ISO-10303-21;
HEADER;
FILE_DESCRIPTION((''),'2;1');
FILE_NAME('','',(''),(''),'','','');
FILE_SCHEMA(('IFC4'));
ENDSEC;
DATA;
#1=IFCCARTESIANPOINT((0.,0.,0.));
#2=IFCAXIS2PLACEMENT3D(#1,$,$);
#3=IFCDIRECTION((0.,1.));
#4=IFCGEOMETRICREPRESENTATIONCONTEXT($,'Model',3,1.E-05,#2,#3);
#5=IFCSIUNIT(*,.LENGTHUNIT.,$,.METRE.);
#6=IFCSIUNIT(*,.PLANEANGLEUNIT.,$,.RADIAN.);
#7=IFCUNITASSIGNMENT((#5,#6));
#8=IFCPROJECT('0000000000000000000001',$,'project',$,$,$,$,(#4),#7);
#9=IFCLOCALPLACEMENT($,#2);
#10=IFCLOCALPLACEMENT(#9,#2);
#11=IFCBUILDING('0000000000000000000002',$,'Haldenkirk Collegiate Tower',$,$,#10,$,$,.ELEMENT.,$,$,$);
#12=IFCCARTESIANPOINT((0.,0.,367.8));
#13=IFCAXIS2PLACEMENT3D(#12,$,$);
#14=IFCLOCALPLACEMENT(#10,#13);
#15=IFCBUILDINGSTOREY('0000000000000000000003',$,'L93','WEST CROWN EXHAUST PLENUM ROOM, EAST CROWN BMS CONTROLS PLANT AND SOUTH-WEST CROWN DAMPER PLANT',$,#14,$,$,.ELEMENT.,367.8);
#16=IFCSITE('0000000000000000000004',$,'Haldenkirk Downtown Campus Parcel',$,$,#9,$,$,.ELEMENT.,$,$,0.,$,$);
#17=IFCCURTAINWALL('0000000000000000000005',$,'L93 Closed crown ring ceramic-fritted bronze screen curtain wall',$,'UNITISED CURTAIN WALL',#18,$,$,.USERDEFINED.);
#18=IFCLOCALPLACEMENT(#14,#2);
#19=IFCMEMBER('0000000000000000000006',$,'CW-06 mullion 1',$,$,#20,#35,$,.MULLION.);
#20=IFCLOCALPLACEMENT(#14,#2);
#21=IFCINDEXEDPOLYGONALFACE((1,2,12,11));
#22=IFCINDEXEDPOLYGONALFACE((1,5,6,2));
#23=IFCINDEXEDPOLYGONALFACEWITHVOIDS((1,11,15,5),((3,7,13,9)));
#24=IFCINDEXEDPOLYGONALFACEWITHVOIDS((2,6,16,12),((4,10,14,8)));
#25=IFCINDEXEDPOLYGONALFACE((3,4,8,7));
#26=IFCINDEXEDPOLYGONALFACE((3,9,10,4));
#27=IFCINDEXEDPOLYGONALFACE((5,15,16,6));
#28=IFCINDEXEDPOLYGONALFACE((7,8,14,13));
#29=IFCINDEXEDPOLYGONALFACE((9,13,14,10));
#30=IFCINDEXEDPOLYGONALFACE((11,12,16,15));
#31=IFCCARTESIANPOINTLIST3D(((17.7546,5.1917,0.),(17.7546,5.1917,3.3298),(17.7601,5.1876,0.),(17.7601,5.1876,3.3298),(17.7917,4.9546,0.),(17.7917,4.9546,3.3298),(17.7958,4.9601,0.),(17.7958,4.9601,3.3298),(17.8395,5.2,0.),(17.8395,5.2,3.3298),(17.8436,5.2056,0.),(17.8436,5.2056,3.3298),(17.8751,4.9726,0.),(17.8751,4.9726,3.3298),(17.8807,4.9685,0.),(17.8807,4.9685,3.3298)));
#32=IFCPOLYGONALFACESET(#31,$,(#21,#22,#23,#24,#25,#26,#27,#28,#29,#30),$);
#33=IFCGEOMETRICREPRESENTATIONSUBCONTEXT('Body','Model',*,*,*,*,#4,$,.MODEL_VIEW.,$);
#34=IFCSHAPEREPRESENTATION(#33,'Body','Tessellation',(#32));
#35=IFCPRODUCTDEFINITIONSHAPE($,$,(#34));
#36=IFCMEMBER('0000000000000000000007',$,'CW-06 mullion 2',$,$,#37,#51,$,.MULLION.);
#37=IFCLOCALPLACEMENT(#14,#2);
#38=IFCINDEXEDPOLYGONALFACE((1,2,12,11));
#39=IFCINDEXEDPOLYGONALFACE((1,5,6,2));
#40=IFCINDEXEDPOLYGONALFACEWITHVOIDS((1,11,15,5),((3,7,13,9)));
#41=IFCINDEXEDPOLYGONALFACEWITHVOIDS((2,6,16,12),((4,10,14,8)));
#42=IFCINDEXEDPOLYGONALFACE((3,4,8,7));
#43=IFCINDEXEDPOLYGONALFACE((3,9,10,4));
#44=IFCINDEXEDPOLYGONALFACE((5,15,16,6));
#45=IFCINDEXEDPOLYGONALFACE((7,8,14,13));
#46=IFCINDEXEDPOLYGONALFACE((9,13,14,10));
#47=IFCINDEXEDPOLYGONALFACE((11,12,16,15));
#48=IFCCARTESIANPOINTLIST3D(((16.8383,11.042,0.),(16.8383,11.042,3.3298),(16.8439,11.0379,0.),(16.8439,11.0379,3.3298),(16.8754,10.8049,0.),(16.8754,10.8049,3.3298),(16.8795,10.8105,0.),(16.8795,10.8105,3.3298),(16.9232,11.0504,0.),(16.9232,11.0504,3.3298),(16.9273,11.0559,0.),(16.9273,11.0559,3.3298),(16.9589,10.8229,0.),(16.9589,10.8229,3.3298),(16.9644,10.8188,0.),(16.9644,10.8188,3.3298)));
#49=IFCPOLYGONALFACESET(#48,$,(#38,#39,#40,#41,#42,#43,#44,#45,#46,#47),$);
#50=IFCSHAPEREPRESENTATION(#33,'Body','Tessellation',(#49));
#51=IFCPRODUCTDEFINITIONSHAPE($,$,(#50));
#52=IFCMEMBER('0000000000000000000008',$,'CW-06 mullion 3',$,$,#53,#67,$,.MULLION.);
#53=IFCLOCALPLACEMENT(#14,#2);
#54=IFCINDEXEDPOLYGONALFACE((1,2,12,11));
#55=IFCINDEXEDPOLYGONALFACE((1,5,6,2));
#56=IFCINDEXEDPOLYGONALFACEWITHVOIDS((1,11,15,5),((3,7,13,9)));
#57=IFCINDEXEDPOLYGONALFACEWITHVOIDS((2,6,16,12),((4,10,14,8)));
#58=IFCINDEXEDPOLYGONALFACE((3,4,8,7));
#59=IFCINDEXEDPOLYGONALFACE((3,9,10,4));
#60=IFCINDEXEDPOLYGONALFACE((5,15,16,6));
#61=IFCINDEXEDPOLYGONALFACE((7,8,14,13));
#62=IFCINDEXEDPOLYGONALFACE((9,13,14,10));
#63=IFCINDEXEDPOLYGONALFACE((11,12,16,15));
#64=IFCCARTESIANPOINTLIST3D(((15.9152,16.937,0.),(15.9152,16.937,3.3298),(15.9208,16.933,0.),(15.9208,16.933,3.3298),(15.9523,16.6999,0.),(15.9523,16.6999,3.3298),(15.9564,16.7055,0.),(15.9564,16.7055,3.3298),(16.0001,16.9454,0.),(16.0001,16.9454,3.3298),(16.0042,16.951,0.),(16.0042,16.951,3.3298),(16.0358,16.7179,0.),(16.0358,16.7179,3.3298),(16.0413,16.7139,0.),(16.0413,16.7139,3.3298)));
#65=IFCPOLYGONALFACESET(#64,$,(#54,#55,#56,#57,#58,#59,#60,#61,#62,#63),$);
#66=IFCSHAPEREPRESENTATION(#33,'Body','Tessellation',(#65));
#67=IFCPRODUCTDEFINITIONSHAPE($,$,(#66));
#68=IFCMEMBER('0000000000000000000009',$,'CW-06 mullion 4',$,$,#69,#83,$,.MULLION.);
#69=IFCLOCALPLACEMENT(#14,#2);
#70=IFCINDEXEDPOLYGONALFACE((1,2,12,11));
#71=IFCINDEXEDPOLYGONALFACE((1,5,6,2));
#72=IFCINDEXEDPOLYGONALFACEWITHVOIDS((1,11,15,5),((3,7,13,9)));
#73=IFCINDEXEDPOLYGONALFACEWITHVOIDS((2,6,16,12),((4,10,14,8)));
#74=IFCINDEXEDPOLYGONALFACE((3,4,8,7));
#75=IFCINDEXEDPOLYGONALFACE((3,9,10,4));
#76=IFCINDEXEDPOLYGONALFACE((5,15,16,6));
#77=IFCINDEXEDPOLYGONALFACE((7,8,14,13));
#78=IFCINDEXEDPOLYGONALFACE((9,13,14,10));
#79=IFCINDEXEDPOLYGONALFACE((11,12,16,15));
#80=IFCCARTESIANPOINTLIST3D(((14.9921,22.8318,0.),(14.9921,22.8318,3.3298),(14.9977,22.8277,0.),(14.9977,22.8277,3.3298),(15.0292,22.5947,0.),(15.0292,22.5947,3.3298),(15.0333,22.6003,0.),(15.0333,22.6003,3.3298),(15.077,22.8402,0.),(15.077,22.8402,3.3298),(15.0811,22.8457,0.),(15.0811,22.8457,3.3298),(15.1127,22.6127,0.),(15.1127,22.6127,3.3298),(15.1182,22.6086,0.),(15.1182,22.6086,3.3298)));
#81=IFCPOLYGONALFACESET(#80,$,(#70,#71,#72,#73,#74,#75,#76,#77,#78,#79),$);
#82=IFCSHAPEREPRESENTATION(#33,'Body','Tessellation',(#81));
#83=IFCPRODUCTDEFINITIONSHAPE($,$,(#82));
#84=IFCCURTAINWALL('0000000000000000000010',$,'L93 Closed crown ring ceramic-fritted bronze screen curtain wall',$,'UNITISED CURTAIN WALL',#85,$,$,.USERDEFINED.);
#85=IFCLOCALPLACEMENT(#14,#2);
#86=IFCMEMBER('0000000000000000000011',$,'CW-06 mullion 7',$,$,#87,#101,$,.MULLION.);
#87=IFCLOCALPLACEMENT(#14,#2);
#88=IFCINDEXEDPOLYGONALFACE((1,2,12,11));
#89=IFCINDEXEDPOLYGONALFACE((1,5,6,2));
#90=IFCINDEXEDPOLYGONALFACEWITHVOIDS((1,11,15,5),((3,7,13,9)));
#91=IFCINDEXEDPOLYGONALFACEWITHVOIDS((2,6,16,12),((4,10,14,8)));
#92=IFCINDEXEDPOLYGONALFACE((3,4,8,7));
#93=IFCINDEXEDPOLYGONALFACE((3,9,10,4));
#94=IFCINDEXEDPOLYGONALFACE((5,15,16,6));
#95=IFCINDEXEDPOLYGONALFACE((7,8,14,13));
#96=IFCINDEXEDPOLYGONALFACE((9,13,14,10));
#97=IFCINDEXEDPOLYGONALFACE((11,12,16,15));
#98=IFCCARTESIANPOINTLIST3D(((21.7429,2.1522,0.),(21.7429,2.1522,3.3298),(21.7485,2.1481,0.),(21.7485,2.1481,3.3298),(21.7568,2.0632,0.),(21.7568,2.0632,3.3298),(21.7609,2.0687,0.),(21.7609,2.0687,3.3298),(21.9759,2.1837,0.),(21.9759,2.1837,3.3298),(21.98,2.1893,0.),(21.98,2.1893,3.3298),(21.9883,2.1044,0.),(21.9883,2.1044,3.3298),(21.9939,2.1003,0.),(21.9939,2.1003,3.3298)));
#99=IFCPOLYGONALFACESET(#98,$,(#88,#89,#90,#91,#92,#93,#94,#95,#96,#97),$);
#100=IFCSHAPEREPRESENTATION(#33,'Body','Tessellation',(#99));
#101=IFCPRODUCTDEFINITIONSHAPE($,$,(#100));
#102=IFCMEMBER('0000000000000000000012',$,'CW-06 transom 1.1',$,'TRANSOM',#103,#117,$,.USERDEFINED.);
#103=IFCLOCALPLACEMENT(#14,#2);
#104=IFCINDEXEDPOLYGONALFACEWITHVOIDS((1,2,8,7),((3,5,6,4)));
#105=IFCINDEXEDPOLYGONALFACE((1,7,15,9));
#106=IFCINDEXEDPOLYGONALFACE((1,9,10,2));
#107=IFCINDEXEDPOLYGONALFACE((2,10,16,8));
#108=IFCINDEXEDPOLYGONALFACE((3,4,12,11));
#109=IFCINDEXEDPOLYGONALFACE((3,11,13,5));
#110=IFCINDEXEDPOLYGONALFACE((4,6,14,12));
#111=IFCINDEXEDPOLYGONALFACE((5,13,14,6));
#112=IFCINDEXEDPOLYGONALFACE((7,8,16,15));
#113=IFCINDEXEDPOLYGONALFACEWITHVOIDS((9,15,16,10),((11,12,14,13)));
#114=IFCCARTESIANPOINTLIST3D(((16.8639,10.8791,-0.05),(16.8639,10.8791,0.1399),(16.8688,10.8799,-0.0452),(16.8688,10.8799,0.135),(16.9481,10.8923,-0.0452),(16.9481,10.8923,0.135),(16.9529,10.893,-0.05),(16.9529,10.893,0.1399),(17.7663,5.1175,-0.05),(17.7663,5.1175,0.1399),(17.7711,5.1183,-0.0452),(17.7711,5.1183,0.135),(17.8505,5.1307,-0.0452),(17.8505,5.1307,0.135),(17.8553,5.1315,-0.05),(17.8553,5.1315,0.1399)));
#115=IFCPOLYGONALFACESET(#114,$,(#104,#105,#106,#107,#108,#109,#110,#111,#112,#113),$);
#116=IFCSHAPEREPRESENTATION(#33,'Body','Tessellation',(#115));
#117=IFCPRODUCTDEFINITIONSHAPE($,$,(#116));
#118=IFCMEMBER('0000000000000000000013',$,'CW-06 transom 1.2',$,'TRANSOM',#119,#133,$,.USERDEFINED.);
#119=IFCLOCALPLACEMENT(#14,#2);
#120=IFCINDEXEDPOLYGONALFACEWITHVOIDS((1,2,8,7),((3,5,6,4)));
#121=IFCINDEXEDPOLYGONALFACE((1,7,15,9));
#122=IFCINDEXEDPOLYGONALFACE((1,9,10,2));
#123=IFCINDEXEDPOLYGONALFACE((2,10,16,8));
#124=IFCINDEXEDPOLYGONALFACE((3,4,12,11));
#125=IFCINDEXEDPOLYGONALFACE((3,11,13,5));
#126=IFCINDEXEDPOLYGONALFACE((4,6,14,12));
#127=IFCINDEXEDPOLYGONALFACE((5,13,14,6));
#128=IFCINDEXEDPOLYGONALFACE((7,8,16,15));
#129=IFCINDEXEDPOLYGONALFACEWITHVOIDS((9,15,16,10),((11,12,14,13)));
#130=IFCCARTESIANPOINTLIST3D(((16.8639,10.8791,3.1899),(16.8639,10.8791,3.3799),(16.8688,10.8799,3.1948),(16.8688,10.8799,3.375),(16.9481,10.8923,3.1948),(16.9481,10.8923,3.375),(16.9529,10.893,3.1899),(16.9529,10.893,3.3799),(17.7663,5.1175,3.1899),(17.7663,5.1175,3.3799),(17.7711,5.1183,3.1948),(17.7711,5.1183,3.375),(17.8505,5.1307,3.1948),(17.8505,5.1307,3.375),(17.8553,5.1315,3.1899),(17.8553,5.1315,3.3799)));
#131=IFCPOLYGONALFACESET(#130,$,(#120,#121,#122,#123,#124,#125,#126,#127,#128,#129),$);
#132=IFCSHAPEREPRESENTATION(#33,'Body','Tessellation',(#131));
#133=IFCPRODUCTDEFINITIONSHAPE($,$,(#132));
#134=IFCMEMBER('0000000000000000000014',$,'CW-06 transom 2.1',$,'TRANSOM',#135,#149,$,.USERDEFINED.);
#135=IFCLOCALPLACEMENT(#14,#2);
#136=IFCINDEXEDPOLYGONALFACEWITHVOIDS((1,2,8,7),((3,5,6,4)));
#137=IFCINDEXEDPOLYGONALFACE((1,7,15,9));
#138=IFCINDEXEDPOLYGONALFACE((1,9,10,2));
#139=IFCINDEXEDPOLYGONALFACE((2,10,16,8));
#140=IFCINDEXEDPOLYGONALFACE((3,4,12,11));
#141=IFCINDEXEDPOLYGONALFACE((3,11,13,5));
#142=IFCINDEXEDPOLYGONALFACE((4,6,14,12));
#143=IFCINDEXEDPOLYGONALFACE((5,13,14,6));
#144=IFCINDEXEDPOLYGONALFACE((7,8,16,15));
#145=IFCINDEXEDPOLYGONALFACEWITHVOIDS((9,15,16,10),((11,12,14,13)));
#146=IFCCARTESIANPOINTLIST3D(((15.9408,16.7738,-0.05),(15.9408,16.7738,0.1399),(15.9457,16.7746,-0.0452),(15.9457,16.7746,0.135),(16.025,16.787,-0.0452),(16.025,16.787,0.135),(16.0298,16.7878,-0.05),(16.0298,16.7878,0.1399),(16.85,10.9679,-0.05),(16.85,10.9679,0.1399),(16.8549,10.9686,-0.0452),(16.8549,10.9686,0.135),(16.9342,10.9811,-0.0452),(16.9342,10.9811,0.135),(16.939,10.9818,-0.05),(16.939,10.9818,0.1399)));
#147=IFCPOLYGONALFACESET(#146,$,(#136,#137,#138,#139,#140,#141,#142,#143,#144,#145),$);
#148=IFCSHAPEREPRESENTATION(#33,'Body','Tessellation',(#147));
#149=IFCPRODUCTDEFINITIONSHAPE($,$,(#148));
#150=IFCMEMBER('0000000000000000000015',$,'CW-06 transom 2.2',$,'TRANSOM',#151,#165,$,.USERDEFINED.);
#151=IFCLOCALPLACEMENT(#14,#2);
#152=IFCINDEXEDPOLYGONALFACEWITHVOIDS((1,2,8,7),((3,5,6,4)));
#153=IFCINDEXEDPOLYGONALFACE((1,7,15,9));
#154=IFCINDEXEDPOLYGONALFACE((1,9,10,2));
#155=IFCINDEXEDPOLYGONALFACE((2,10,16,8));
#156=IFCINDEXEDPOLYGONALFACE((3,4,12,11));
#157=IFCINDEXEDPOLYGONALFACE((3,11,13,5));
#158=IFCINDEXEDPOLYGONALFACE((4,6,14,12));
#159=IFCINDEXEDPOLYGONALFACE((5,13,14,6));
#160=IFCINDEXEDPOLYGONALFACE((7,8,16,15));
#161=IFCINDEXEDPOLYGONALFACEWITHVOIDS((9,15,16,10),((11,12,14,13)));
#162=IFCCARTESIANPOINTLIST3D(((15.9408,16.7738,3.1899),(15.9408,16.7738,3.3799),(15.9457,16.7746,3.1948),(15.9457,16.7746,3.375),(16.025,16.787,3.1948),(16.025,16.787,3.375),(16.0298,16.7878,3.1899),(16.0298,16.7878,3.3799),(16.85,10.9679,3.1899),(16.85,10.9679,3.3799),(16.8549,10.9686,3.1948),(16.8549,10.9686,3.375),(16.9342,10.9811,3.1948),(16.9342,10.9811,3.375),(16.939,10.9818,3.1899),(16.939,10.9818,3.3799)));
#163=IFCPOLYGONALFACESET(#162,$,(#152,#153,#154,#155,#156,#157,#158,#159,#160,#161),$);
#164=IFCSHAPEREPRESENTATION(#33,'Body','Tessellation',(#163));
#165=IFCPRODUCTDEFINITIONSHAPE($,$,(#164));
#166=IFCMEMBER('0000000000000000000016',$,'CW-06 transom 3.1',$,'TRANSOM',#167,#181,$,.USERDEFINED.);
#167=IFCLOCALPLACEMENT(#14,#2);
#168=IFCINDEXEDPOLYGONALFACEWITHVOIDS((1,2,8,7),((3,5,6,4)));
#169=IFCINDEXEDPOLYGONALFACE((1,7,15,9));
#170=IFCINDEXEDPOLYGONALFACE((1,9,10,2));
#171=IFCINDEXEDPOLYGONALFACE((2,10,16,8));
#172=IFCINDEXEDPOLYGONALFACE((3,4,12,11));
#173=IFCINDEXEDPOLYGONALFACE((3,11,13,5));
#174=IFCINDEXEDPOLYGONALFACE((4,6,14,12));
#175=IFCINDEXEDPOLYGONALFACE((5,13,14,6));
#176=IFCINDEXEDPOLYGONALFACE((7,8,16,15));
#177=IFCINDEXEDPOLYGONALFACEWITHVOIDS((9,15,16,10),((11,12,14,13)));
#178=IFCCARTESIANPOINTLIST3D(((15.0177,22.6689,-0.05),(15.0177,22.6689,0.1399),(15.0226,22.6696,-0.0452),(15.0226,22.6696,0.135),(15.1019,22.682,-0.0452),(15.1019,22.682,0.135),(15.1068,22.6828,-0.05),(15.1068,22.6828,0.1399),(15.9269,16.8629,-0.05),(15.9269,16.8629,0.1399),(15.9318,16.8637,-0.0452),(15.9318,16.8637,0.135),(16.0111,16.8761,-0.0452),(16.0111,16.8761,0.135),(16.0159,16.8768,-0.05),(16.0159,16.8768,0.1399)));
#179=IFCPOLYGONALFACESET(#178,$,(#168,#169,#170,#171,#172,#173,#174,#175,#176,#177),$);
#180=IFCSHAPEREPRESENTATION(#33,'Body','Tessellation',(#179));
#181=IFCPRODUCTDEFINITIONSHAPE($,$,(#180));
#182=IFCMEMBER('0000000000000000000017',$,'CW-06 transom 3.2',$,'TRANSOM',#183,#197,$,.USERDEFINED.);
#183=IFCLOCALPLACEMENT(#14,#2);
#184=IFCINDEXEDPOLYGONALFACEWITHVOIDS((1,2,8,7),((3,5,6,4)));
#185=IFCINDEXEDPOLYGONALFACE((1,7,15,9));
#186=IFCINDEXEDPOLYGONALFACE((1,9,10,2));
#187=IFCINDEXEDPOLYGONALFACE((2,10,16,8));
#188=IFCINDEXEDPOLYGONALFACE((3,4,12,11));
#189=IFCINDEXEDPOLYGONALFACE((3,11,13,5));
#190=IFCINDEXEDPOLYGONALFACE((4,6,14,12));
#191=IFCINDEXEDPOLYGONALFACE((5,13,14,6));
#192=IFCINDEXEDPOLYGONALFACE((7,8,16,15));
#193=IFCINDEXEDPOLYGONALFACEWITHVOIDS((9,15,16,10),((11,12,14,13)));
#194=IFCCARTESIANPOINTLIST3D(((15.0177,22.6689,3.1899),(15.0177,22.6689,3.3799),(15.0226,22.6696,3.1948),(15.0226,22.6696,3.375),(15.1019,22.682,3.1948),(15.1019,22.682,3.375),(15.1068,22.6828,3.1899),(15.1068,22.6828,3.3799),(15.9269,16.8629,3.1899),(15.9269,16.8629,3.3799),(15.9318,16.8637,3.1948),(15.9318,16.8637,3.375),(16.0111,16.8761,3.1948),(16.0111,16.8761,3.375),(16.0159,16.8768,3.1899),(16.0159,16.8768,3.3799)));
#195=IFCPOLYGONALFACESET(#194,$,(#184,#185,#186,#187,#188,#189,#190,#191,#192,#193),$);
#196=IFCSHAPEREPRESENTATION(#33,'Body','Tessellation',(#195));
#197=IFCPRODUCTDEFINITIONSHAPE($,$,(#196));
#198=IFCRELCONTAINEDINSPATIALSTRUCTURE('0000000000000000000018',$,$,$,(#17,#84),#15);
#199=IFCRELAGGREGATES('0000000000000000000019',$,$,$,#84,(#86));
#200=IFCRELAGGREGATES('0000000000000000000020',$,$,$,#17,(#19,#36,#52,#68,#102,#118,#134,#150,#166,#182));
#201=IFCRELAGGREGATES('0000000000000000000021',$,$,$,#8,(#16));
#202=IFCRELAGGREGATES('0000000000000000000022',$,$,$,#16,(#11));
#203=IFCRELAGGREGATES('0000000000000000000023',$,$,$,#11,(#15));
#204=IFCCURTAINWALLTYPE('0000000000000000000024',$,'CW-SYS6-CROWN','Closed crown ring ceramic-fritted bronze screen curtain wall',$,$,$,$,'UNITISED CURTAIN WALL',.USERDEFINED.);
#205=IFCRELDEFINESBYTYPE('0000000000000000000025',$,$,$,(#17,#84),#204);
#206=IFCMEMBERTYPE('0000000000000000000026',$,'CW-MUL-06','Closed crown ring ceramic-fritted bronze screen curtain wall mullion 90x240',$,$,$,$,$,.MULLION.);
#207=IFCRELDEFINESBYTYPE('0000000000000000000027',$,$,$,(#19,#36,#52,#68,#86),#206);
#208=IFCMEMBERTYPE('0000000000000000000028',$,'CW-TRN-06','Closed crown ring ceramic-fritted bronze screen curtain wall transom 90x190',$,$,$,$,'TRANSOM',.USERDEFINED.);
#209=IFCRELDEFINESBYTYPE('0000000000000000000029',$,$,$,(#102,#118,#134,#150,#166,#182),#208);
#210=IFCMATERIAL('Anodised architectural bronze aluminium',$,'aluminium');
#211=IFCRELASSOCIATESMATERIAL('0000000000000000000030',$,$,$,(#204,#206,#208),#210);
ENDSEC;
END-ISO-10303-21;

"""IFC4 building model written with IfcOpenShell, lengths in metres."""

from ifc_helpers import new_model, si_unit, direction, frame, origin, origin_2d, place, context, subcontext, project, spatial, hollow_rectangle, extrude, material, material_profile, profile_set, type_object, element, aggregate, save


model = new_model("IFC4")

# Units and contexts
model_context = context("Model", 3, precision=1e-05, world=origin(), true_north=direction((0.0, 1.0)))
body_context = subcontext(model_context, "Body", "Model", "MODEL_VIEW")
ifc_project = project(units=[si_unit("LENGTHUNIT", "METRE"), si_unit("PLANEANGLEUNIT", "RADIAN")], contexts=[model_context])

# Site, building, storey
site_placement = place(None, origin())
site = spatial("IfcSite", under=ifc_project, at=site_placement, Name="Haldenkirk Downtown Campus Parcel", CompositionType="ELEMENT", RefElevation=0.0)
building_placement = place(site_placement, origin())
building = spatial("IfcBuilding", under=site, at=building_placement, Name="Haldenkirk Collegiate Tower", CompositionType="ELEMENT")
storey_placement = place(building_placement, frame((0.0, 0.0, 367.8)))
storey = spatial("IfcBuildingStorey", under=building, at=storey_placement, Name="L93", Description="WEST CROWN EXHAUST PLENUM ROOM, EAST CROWN BMS CONTROLS PLANT AND SOUTH-WEST CROWN DAMPER PLANT", CompositionType="ELEMENT", Elevation=367.8)

# Curtain wall, members
ifc_material_1 = material(Name="Anodised architectural bronze aluminium", Category="aluminium")
curtain_wall_type = type_object("IfcCurtainWallType", Name="CW-SYS6-CROWN", Description="Closed crown ring ceramic-fritted bronze screen curtain wall", ElementType="UNITISED CURTAIN WALL", PredefinedType="USERDEFINED", material=ifc_material_1)
curtain_wall_1_placement = place(storey_placement, origin())
curtain_wall_1 = element("IfcCurtainWall", 1, at=curtain_wall_1_placement, inside=storey, type_object=curtain_wall_type, Name="L93 Closed crown ring ceramic-fritted bronze screen curtain wall", ObjectType="UNITISED CURTAIN WALL", PredefinedType="USERDEFINED")
ifc_material_profile_1 = material_profile(ifc_material_1, hollow_rectangle(XDim=0.0901, YDim=0.24, WallThickness=0.0049, at=origin_2d()), Name="CW-MUL-06")
ifc_profile_set_1 = profile_set([ifc_material_profile_1], Name="Anodised architectural bronze aluminium")
member_type_1 = type_object("IfcMemberType", Name="CW-MUL-06", Description="Closed crown ring ceramic-fritted bronze screen curtain wall mullion 90x240", PredefinedType="MULLION", material=ifc_profile_set_1)
member_1_placement = place(storey_placement, frame((17.8176, 5.0801, 0.0), z_axis=(0.0, 0.0, 1.0), x_axis=(-0.98796, -0.154713, 0.0)))
member_1 = element("IfcMember", 2, at=member_1_placement, type_object=member_type_1, Name="CW-06 mullion 1", PredefinedType="MULLION", context=body_context, shape_type="SweptSolid", body=[
    extrude(hollow_rectangle(XDim=0.0901, YDim=0.24, WallThickness=0.0049, at=origin_2d()), origin(), (0.0, 0.0, 1.0), 3.3298),
])
member_2_placement = place(storey_placement, frame((16.9014, 10.9304, 0.0), z_axis=(0.0, 0.0, 1.0), x_axis=(-0.98796, -0.154713, 0.0)))
member_2 = element("IfcMember", 3, at=member_2_placement, type_object=member_type_1, Name="CW-06 mullion 2", PredefinedType="MULLION", context=body_context, shape_type="SweptSolid", body=[
    extrude(hollow_rectangle(XDim=0.0901, YDim=0.24, WallThickness=0.0049, at=origin_2d()), origin(), (0.0, 0.0, 1.0), 3.3298),
])
member_3_placement = place(storey_placement, frame((15.9783, 16.8254, 0.0), z_axis=(0.0, 0.0, 1.0), x_axis=(-0.98796, -0.154713, 0.0)))
member_3 = element("IfcMember", 4, at=member_3_placement, type_object=member_type_1, Name="CW-06 mullion 3", PredefinedType="MULLION", context=body_context, shape_type="SweptSolid", body=[
    extrude(hollow_rectangle(XDim=0.0901, YDim=0.24, WallThickness=0.0049, at=origin_2d()), origin(), (0.0, 0.0, 1.0), 3.3298),
])
member_4_placement = place(storey_placement, frame((15.0552, 22.7202, 0.0), z_axis=(0.0, 0.0, 1.0), x_axis=(-0.98796, -0.154713, 0.0)))
member_4 = element("IfcMember", 5, at=member_4_placement, type_object=member_type_1, Name="CW-06 mullion 4", PredefinedType="MULLION", context=body_context, shape_type="SweptSolid", body=[
    extrude(hollow_rectangle(XDim=0.0901, YDim=0.24, WallThickness=0.0049, at=origin_2d()), origin(), (0.0, 0.0, 1.0), 3.3298),
])

# Curtain wall, member
curtain_wall_2_placement = place(storey_placement, origin())
curtain_wall_2 = element("IfcCurtainWall", 6, at=curtain_wall_2_placement, inside=storey, type_object=curtain_wall_type, Name="L93 Closed crown ring ceramic-fritted bronze screen curtain wall", ObjectType="UNITISED CURTAIN WALL", PredefinedType="USERDEFINED")
member_5_placement = place(storey_placement, frame((21.8684, 2.1262, 0.0), z_axis=(0.0, 0.0, 1.0), x_axis=(0.154709, -0.98796, 0.0)))
member_5 = element("IfcMember", 7, at=member_5_placement, type_object=member_type_1, Name="CW-06 mullion 7", PredefinedType="MULLION", context=body_context, shape_type="SweptSolid", body=[
    extrude(hollow_rectangle(XDim=0.0901, YDim=0.24, WallThickness=0.0049, at=origin_2d()), origin(), (0.0, 0.0, 1.0), 3.3298),
])
aggregate(curtain_wall_2, [member_5])

# Members
ifc_material_profile_2 = material_profile(ifc_material_1, hollow_rectangle(XDim=0.0901, YDim=0.1899, WallThickness=0.0049, at=origin_2d()), Name="CW-TRN-06")
ifc_profile_set_2 = profile_set([ifc_material_profile_2], Name="Anodised architectural bronze aluminium")
member_type_2 = type_object("IfcMemberType", Name="CW-TRN-06", Description="Closed crown ring ceramic-fritted bronze screen curtain wall transom 90x190", ElementType="TRANSOM", PredefinedType="USERDEFINED", material=ifc_profile_set_2)
member_6_placement = place(storey_placement, frame((17.8108, 5.1245, 0.0449), z_axis=(-0.154731, 0.987957, 0.0), x_axis=(-0.987957, -0.154731, 0.0)))
member_6 = element("IfcMember", 8, at=member_6_placement, type_object=member_type_2, Name="CW-06 transom 1.1", ObjectType="TRANSOM", PredefinedType="USERDEFINED", context=body_context, shape_type="SweptSolid", body=[
    extrude(hollow_rectangle(XDim=0.0901, YDim=0.1899, WallThickness=0.0049, at=origin_2d()), origin(), (0.0, 0.0, 1.0), 5.8318),
])
member_7_placement = place(storey_placement, frame((17.8108, 5.1245, 3.2849), z_axis=(-0.154731, 0.987957, 0.0), x_axis=(-0.987957, -0.154731, 0.0)))
member_7 = element("IfcMember", 9, at=member_7_placement, type_object=member_type_2, Name="CW-06 transom 1.2", ObjectType="TRANSOM", PredefinedType="USERDEFINED", context=body_context, shape_type="SweptSolid", body=[
    extrude(hollow_rectangle(XDim=0.0901, YDim=0.1899, WallThickness=0.0049, at=origin_2d()), origin(), (0.0, 0.0, 1.0), 5.8318),
])
member_8_placement = place(storey_placement, frame((16.8945, 10.9749, 0.0449), z_axis=(-0.15471, 0.98796, 0.0), x_axis=(-0.98796, -0.15471, 0.0)))
member_8 = element("IfcMember", 10, at=member_8_placement, type_object=member_type_2, Name="CW-06 transom 2.1", ObjectType="TRANSOM", PredefinedType="USERDEFINED", context=body_context, shape_type="SweptSolid", body=[
    extrude(hollow_rectangle(XDim=0.0901, YDim=0.1899, WallThickness=0.0049, at=origin_2d()), origin(), (0.0, 0.0, 1.0), 5.8767),
])
member_9_placement = place(storey_placement, frame((16.8945, 10.9749, 3.2849), z_axis=(-0.15471, 0.98796, 0.0), x_axis=(-0.98796, -0.15471, 0.0)))
member_9 = element("IfcMember", 11, at=member_9_placement, type_object=member_type_2, Name="CW-06 transom 2.2", ObjectType="TRANSOM", PredefinedType="USERDEFINED", context=body_context, shape_type="SweptSolid", body=[
    extrude(hollow_rectangle(XDim=0.0901, YDim=0.1899, WallThickness=0.0049, at=origin_2d()), origin(), (0.0, 0.0, 1.0), 5.8767),
])
member_10_placement = place(storey_placement, frame((15.9714, 16.8699, 0.0449), z_axis=(-0.15471, 0.98796, 0.0), x_axis=(-0.98796, -0.15471, 0.0)))
member_10 = element("IfcMember", 12, at=member_10_placement, type_object=member_type_2, Name="CW-06 transom 3.1", ObjectType="TRANSOM", PredefinedType="USERDEFINED", context=body_context, shape_type="SweptSolid", body=[
    extrude(hollow_rectangle(XDim=0.0901, YDim=0.1899, WallThickness=0.0049, at=origin_2d()), origin(), (0.0, 0.0, 1.0), 5.8767),
])
member_11_placement = place(storey_placement, frame((15.9714, 16.8699, 3.2849), z_axis=(-0.15471, 0.98796, 0.0), x_axis=(-0.98796, -0.15471, 0.0)))
member_11 = element("IfcMember", 13, at=member_11_placement, type_object=member_type_2, Name="CW-06 transom 3.2", ObjectType="TRANSOM", PredefinedType="USERDEFINED", context=body_context, shape_type="SweptSolid", body=[
    extrude(hollow_rectangle(XDim=0.0901, YDim=0.1899, WallThickness=0.0049, at=origin_2d()), origin(), (0.0, 0.0, 1.0), 5.8767),
])

aggregate(curtain_wall_1, [member_1, member_2, member_3, member_4, member_6, member_7, member_8, member_9, member_10, member_11])

save(model, "model.ifc")
